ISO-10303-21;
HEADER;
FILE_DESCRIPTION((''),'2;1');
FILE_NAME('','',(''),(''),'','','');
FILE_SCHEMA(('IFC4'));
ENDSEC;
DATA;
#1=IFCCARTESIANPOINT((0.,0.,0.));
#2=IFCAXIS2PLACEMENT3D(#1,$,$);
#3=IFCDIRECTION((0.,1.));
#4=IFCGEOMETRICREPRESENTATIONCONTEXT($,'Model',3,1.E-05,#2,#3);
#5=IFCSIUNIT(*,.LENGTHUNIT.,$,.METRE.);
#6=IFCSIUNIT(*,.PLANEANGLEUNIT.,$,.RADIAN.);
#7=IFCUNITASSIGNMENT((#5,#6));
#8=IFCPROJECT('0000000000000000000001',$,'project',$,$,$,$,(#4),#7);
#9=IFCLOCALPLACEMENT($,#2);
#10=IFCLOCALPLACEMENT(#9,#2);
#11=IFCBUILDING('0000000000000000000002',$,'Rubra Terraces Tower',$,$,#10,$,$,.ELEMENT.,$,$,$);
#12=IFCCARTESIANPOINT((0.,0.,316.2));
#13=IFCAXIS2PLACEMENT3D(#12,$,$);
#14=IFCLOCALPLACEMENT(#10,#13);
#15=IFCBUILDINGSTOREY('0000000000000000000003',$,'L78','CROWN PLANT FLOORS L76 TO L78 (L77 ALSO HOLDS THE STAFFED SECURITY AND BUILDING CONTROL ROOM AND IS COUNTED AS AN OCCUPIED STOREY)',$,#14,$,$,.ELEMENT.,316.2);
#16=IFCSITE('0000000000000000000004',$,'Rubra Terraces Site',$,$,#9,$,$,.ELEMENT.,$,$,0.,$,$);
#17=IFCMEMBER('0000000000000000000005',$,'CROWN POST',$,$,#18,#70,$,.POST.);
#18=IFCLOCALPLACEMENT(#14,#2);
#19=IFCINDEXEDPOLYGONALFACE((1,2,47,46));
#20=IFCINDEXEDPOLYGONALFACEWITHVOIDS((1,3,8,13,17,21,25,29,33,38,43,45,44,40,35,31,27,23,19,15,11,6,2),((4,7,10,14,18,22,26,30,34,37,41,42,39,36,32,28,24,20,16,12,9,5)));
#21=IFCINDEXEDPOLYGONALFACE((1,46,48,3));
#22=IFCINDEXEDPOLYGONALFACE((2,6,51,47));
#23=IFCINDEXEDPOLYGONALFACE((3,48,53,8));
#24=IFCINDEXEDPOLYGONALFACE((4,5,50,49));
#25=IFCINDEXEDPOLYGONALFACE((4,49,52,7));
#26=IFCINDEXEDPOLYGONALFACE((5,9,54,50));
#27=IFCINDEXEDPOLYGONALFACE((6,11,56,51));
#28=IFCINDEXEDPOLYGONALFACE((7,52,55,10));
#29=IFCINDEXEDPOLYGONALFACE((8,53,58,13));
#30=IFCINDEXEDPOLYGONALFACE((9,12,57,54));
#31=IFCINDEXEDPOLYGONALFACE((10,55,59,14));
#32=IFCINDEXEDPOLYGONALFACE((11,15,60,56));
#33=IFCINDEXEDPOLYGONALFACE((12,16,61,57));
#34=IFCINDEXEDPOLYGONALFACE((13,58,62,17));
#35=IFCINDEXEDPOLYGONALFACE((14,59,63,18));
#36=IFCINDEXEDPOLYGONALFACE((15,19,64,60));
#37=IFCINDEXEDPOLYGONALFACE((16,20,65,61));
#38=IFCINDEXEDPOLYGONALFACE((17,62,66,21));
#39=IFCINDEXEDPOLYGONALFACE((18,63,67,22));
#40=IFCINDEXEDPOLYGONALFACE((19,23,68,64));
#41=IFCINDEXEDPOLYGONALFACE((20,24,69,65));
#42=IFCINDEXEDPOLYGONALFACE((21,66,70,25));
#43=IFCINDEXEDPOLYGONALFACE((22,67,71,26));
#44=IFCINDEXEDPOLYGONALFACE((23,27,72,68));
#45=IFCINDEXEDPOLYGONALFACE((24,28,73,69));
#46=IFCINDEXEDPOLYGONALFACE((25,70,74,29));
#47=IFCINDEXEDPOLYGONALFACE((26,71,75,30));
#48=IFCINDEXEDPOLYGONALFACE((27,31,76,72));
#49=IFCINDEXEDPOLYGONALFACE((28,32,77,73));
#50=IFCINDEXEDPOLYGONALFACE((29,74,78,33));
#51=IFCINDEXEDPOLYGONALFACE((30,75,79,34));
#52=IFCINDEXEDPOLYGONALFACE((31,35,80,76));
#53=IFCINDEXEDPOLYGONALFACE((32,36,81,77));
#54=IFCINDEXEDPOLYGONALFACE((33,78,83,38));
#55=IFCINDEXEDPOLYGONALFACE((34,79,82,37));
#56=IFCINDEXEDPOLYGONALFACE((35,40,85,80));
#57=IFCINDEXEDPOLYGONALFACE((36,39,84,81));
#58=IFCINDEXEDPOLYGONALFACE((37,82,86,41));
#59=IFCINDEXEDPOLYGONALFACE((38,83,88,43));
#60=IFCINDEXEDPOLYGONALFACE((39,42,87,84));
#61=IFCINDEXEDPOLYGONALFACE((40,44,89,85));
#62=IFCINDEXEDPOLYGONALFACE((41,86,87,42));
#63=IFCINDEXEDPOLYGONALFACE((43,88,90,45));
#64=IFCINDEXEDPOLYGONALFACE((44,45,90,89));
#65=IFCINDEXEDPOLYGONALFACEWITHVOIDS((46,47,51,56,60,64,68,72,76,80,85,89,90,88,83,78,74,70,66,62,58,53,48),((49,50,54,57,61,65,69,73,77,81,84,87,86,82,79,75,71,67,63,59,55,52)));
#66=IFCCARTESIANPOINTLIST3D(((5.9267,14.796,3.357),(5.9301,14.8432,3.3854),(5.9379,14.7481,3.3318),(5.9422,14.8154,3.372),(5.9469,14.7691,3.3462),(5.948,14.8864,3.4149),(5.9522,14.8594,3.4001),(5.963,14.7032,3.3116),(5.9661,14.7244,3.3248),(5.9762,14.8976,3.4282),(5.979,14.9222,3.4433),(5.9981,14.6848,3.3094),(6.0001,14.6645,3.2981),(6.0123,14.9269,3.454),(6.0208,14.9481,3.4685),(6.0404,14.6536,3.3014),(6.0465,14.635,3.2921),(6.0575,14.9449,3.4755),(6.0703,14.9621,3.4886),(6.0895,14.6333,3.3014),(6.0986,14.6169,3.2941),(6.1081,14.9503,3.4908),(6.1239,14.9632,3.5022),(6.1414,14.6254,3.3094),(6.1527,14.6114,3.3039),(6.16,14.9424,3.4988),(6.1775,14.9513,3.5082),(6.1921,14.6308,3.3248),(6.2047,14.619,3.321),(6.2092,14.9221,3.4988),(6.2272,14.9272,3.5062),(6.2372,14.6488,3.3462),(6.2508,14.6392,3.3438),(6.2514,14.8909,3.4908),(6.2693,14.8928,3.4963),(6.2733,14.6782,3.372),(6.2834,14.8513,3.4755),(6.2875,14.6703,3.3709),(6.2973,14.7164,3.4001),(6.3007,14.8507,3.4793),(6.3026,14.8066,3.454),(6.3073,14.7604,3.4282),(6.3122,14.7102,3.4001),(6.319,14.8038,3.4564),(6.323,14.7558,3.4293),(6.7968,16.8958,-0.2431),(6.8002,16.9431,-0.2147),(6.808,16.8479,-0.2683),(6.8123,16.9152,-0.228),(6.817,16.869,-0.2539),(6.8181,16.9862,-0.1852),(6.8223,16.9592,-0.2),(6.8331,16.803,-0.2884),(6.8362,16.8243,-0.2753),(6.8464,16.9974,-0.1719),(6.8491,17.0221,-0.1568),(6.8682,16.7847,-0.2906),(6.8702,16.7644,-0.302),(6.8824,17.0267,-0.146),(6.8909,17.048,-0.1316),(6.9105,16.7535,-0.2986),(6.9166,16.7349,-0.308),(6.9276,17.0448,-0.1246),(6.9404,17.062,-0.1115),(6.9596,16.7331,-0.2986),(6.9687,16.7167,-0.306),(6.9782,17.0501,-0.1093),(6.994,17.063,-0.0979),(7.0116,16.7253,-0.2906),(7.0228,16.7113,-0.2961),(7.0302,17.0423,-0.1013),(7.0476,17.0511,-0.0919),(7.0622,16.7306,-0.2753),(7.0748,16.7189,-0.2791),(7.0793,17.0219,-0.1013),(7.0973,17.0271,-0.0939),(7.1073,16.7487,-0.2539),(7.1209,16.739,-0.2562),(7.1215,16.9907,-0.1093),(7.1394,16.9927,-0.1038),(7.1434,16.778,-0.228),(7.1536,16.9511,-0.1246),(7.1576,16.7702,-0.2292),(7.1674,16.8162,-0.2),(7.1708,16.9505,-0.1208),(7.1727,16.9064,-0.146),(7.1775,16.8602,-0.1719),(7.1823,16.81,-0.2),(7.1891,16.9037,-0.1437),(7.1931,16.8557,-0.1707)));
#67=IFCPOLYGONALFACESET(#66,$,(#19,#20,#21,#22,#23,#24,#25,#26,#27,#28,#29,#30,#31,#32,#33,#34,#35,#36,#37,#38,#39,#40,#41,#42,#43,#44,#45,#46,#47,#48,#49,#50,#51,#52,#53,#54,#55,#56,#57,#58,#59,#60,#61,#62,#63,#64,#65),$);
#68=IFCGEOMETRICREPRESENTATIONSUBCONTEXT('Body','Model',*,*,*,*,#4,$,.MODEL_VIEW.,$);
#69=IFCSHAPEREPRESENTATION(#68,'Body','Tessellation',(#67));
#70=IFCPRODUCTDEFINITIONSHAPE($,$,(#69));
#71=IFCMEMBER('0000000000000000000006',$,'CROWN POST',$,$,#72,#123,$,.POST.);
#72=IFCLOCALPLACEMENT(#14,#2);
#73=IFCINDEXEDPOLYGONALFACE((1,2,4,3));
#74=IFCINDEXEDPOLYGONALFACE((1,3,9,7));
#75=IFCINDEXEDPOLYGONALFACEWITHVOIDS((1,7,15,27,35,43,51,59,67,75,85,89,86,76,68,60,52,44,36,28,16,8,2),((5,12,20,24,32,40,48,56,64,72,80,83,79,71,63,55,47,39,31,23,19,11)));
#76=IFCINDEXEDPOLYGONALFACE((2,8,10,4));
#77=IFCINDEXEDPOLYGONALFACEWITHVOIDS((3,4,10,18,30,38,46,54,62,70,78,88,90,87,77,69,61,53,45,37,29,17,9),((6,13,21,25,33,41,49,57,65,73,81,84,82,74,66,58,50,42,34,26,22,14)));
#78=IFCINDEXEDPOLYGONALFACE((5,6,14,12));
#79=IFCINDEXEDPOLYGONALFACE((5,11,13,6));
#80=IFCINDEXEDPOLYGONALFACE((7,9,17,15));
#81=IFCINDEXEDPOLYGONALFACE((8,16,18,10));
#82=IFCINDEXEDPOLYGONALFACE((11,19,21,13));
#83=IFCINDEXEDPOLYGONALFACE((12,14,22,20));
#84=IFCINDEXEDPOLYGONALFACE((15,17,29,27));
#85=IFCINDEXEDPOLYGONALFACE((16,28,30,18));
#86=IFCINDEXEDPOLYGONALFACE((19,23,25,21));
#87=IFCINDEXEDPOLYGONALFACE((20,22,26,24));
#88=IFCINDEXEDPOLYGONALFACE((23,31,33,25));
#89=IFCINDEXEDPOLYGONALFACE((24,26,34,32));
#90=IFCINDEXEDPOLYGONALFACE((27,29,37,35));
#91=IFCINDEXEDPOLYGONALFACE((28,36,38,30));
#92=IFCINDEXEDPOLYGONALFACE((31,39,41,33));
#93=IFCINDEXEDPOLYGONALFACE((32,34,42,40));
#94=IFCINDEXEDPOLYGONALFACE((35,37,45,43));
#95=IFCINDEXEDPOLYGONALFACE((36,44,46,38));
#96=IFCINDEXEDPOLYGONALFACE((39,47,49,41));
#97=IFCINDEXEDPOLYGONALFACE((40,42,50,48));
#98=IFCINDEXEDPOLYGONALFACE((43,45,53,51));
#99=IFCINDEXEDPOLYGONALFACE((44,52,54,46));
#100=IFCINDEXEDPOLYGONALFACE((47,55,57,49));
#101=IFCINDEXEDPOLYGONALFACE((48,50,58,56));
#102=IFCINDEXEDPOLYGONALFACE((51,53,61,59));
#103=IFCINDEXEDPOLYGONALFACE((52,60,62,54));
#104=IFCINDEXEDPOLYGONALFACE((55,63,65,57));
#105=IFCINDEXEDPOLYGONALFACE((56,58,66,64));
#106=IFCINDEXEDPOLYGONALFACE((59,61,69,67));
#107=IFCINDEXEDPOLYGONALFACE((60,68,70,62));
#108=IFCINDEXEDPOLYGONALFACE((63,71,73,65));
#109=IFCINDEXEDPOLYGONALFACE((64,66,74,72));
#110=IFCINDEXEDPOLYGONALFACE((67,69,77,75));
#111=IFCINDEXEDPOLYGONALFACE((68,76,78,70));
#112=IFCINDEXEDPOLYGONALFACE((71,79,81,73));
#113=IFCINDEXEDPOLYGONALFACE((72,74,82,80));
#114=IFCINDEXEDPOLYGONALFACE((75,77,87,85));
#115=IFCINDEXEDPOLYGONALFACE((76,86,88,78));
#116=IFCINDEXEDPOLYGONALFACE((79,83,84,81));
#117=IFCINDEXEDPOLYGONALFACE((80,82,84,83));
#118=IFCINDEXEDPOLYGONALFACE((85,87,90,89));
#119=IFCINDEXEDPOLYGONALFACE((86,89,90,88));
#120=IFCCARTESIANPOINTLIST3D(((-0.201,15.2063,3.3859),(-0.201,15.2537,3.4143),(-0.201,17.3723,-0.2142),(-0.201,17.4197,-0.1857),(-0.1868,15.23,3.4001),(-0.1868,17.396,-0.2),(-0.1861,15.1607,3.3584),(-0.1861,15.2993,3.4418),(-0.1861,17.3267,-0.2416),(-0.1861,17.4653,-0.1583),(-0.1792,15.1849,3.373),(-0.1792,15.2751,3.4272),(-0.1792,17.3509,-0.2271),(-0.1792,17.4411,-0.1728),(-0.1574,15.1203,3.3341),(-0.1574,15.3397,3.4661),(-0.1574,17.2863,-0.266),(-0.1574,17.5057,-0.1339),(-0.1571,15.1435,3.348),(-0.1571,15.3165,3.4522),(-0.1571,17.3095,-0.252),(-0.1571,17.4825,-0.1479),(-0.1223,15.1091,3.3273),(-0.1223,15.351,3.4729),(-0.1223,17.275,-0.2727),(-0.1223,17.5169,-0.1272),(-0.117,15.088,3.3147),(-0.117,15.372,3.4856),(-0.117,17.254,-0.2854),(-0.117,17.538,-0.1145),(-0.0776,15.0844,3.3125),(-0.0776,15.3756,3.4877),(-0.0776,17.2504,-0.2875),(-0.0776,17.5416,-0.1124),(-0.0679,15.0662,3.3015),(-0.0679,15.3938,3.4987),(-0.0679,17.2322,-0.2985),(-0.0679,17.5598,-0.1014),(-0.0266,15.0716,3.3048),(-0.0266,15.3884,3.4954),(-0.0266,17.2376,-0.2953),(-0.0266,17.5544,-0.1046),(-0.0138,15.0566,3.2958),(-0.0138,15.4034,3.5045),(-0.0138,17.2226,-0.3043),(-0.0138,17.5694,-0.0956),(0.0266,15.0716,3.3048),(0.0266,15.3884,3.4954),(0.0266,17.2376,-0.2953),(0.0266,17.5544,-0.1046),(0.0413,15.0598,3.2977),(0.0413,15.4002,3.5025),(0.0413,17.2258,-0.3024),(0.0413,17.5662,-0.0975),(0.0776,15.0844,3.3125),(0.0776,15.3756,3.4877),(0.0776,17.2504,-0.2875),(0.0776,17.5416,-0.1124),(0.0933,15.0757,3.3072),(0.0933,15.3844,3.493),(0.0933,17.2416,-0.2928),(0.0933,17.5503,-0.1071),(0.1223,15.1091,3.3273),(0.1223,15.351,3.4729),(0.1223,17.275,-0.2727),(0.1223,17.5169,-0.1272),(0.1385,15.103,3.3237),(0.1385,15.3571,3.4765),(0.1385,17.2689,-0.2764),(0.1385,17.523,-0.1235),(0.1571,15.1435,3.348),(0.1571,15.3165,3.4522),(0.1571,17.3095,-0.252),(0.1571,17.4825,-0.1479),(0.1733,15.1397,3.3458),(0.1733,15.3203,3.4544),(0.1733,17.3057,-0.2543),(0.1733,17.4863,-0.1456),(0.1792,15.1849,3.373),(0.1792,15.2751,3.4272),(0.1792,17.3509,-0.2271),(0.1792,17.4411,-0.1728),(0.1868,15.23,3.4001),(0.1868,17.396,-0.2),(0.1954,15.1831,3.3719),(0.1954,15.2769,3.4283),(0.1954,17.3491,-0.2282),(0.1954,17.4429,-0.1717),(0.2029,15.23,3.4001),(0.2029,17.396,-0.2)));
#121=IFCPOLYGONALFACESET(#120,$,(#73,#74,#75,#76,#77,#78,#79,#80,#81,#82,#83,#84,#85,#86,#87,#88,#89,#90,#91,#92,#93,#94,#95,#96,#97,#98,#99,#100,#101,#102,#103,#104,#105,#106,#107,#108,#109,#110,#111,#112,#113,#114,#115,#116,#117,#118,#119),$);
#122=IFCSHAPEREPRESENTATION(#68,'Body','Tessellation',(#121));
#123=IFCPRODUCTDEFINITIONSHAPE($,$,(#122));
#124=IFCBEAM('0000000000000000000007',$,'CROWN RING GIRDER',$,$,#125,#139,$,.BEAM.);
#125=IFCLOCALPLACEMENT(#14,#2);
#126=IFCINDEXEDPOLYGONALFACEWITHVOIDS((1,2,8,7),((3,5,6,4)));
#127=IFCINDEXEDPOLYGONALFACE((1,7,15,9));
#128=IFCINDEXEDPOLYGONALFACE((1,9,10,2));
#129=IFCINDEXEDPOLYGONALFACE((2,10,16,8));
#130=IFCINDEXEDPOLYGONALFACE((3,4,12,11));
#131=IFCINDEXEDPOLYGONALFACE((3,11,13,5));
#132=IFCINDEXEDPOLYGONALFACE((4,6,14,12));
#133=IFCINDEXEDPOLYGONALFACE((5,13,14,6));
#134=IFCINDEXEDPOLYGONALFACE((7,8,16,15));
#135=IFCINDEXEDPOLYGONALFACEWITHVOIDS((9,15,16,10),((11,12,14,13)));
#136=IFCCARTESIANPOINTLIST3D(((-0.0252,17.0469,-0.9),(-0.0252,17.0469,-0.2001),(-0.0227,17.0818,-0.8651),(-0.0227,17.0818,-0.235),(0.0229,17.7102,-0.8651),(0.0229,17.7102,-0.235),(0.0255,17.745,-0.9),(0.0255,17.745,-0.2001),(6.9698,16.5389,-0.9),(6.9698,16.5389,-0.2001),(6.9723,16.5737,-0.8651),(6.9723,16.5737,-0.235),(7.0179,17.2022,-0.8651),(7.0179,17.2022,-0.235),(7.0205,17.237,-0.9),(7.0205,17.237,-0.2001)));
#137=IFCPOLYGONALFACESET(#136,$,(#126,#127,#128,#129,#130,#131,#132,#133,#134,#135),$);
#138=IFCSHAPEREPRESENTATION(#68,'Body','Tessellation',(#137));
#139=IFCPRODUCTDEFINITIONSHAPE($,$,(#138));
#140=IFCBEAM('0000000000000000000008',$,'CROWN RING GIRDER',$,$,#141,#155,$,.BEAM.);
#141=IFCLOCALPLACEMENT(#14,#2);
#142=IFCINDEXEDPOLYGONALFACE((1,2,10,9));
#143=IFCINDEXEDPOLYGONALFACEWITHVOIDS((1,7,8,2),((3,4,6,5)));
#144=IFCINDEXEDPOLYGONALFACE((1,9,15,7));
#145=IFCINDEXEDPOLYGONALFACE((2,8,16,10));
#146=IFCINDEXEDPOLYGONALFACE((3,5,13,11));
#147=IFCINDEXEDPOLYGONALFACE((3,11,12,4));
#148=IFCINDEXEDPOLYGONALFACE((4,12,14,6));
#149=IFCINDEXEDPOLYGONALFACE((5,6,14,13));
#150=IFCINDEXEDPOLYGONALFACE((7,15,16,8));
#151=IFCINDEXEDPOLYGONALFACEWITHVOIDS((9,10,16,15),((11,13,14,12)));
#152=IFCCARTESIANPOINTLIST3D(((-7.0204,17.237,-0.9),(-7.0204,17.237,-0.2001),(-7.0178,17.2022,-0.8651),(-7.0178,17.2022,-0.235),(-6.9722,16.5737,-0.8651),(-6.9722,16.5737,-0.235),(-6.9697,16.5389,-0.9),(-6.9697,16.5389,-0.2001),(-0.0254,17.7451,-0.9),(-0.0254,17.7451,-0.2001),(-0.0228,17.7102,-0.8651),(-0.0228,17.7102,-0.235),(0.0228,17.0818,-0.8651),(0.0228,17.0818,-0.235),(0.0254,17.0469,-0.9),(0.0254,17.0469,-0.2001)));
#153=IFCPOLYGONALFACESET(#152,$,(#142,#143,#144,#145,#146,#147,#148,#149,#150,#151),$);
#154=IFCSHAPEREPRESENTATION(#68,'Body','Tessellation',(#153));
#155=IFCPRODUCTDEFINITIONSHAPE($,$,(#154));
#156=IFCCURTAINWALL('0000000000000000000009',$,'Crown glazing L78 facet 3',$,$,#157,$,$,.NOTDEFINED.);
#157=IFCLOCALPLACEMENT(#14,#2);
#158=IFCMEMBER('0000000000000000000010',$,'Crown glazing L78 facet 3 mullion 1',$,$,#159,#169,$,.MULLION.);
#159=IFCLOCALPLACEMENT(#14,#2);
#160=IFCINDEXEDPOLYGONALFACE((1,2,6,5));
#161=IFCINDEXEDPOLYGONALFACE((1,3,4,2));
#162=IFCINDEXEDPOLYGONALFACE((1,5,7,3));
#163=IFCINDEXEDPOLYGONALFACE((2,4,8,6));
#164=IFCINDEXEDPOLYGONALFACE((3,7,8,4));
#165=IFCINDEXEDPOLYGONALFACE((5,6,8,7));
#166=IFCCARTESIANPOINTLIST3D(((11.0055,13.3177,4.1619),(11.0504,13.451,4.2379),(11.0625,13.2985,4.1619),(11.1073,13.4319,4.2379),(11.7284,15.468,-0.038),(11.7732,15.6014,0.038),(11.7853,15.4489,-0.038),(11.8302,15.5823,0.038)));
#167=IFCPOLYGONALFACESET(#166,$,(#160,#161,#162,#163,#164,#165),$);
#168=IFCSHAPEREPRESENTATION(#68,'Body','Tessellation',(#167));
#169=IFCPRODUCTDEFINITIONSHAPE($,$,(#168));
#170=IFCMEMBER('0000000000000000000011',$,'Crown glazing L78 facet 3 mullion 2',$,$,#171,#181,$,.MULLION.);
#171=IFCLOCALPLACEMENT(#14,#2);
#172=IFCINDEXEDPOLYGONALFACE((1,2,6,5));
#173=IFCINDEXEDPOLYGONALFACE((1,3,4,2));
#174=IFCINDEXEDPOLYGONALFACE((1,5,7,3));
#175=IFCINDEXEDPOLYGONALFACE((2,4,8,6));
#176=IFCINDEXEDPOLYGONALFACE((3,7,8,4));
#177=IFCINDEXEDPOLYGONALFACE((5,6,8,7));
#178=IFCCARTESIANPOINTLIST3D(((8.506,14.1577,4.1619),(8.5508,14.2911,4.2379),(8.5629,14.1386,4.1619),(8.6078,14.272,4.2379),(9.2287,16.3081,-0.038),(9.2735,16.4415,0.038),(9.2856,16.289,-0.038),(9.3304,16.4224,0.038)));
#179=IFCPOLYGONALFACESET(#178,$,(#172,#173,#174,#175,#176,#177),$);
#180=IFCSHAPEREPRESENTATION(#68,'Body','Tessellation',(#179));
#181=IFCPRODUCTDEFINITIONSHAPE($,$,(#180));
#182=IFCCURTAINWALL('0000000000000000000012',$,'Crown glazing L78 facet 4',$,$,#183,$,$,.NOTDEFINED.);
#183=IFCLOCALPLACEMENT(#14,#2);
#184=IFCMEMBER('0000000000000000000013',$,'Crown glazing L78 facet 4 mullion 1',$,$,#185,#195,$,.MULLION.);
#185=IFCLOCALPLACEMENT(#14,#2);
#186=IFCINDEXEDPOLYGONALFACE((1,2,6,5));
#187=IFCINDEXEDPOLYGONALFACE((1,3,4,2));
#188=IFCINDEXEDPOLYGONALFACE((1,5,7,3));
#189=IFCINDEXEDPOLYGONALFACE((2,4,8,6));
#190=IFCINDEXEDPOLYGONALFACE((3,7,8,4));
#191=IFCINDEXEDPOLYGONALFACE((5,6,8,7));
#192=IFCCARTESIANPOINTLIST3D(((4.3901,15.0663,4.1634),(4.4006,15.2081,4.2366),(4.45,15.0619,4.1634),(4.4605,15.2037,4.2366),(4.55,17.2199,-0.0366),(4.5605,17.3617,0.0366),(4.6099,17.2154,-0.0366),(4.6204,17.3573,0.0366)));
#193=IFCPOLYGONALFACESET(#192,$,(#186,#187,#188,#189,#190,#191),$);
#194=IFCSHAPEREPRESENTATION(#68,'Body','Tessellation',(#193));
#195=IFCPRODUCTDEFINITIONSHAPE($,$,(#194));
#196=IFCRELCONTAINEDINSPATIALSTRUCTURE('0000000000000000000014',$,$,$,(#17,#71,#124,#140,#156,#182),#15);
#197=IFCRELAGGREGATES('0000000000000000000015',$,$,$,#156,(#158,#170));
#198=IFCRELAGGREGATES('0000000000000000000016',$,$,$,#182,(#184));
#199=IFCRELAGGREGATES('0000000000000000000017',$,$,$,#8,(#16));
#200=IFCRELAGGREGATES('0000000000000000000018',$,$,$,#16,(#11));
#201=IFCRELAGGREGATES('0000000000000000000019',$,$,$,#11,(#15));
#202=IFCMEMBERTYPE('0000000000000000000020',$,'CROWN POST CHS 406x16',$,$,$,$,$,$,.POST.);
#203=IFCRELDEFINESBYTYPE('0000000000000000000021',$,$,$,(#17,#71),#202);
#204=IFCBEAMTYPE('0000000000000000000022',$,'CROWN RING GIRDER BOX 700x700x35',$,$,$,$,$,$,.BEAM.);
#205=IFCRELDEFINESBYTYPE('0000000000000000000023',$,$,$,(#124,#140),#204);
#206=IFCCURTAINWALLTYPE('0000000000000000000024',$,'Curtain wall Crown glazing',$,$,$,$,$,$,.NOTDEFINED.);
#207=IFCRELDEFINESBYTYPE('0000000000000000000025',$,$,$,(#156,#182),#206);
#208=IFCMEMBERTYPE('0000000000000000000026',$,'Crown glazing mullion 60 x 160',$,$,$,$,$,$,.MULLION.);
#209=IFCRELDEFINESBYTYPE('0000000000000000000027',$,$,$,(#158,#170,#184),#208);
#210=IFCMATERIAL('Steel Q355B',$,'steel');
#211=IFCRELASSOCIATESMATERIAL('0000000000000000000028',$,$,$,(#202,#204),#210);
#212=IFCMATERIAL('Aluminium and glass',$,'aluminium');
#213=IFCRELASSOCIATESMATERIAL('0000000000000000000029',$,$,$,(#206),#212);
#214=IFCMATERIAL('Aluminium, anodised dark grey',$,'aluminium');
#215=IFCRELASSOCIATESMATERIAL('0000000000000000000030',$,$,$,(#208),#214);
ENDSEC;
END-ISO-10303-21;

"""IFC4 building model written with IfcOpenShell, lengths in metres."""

from ifc_helpers import new_model, si_unit, direction, frame, origin, origin_2d, place, context, subcontext, project, spatial, rectangle, hollow_rectangle, hollow_circle, extrude, material, material_profile, profile_set, type_object, element, aggregate, save


model = new_model("IFC4")

# Units and contexts
model_context = context("Model", 3, precision=1e-05, world=origin(), true_north=direction((0.0, 1.0)))
body_context = subcontext(model_context, "Body", "Model", "MODEL_VIEW")
ifc_project = project(units=[si_unit("LENGTHUNIT", "METRE"), si_unit("PLANEANGLEUNIT", "RADIAN")], contexts=[model_context])

# Site, building, storey
site_placement = place(None, origin())
site = spatial("IfcSite", under=ifc_project, at=site_placement, Name="Rubra Terraces Site", CompositionType="ELEMENT", RefElevation=0.0)
building_placement = place(site_placement, origin())
building = spatial("IfcBuilding", under=site, at=building_placement, Name="Rubra Terraces Tower", CompositionType="ELEMENT")
storey_placement = place(building_placement, frame((0.0, 0.0, 316.2)))
storey = spatial("IfcBuildingStorey", under=building, at=storey_placement, Name="L78", Description="CROWN PLANT FLOORS L76 TO L78 (L77 ALSO HOLDS THE STAFFED SECURITY AND BUILDING CONTROL ROOM AND IS COUNTED AS AN OCCUPIED STOREY)", CompositionType="ELEMENT", Elevation=316.2)

# Members
ifc_material_1 = material(Name="Steel Q355B", Category="steel")
ifc_material_profile_1 = material_profile(ifc_material_1, hollow_circle(Radius=0.2029, WallThickness=0.0161, at=origin_2d()), Name="CHS 406x16")
ifc_profile_set_1 = profile_set([ifc_material_profile_1], Name="Steel Q355B")
member_type_1 = type_object("IfcMemberType", Name="CROWN POST CHS 406x16", PredefinedType="POST", material=ifc_profile_set_1)
member_1_placement = place(storey_placement, frame((6.9949, 16.8877, -0.2), z_axis=(-0.204368, -0.493201, 0.845569), x_axis=(0.923828, -0.382807, 0.0)))
element("IfcMember", 1, at=member_1_placement, inside=storey, type_object=member_type_1, Name="CROWN POST", PredefinedType="POST", context=body_context, shape_type="SweptSolid", body=[
    extrude(hollow_circle(Radius=0.2029, WallThickness=0.0161, at=origin_2d()), origin(), (0.0, 0.0, 1.0), 4.2576),
])
member_2_placement = place(storey_placement, frame((0.0, 17.396, -0.2), z_axis=(0.0, -0.515538, 0.856867), x_axis=(1.0, 0.0, 0.0)))
element("IfcMember", 2, at=member_2_placement, inside=storey, type_object=member_type_1, Name="CROWN POST", PredefinedType="POST", context=body_context, shape_type="SweptSolid", body=[
    extrude(hollow_circle(Radius=0.2029, WallThickness=0.0161, at=origin_2d()), origin(), (0.0, 0.0, 1.0), 4.2014),
])

# Beams
ifc_material_profile_2 = material_profile(ifc_material_1, hollow_rectangle(XDim=0.7, YDim=0.7, WallThickness=0.0349, at=origin_2d()), Name="BOX 700x700x35")
ifc_profile_set_2 = profile_set([ifc_material_profile_2], Name="Steel Q355B")
beam_type_1 = type_object("IfcBeamType", Name="CROWN RING GIRDER BOX 700x700x35", PredefinedType="BEAM", material=ifc_profile_set_2)
for number, where, z_axis, x_axis, name in (
    (3, (6.9951, 16.8879, -0.55), (-0.997373, 0.072439, 0.0), (-0.072439, -0.997373, 0.0), "CROWN RING GIRDER"),
    (4, (0.0, 17.396, -0.55), (-0.997373, -0.072439, 0.0), (0.072439, -0.997373, 0.0), "CROWN RING GIRDER"),
):
    element("IfcBeam", number, at=place(storey_placement, frame(where, z_axis=z_axis, x_axis=x_axis)), inside=storey, type_object=beam_type_1, Name=name, PredefinedType="BEAM", context=body_context, shape_type="SweptSolid", body=[
        extrude(hollow_rectangle(XDim=0.7, YDim=0.7, WallThickness=0.0349, at=origin_2d()), origin(), (0.0, 0.0, 1.0), 7.0134),
    ])

# Curtain walls, members
ifc_material_2 = material(Name="Aluminium and glass", Category="aluminium")
curtain_wall_type = type_object("IfcCurtainWallType", Name="Curtain wall Crown glazing", PredefinedType="NOTDEFINED", material=ifc_material_2)
curtain_wall_1_placement = place(storey_placement, origin())
curtain_wall_1 = element("IfcCurtainWall", 5, at=curtain_wall_1_placement, inside=storey, type_object=curtain_wall_type, Name="Crown glazing L78 facet 3", PredefinedType="NOTDEFINED")
ifc_material_3 = material(Name="Aluminium, anodised dark grey", Category="aluminium")
ifc_material_profile_3 = material_profile(ifc_material_3, rectangle(XDim=0.0601, YDim=0.1599, at=origin_2d()), Name="AL 60x160")
ifc_profile_set_3 = profile_set([ifc_material_profile_3], Name="Aluminium, anodised dark grey")
member_type_2 = type_object("IfcMemberType", Name="Crown glazing mullion 60 x 160", PredefinedType="MULLION", material=ifc_profile_set_3)
member_3_placement = place(storey_placement, frame((11.7793, 15.5251, 0.0), z_axis=(-0.15144, -0.450485, 0.879846), x_axis=(0.947873, -0.318648, 0.0)))
member_3 = element("IfcMember", 6, at=member_3_placement, type_object=member_type_2, Name="Crown glazing L78 facet 3 mullion 1", PredefinedType="MULLION", context=body_context, shape_type="SweptSolid", body=[
    extrude(rectangle(XDim=0.0601, YDim=0.1599, at=origin_2d()), origin(), (0.0, 0.0, 1.0), 4.7734),
])
member_4_placement = place(storey_placement, frame((9.2795, 16.3652, 0.0), z_axis=(-0.15139, -0.450488, 0.879853), x_axis=(0.947906, -0.318551, 0.0)))
member_4 = element("IfcMember", 7, at=member_4_placement, type_object=member_type_2, Name="Crown glazing L78 facet 3 mullion 2", PredefinedType="MULLION", context=body_context, shape_type="SweptSolid", body=[
    extrude(rectangle(XDim=0.0601, YDim=0.1599, at=origin_2d()), origin(), (0.0, 0.0, 1.0), 4.7734),
])
curtain_wall_2_placement = place(storey_placement, origin())
curtain_wall_2 = element("IfcCurtainWall", 8, at=curtain_wall_2_placement, inside=storey, type_object=curtain_wall_type, Name="Crown glazing L78 facet 4", PredefinedType="NOTDEFINED")
member_5_placement = place(storey_placement, frame((4.5852, 17.2886, 0.0), z_axis=(-0.033861, -0.456012, 0.889329), x_axis=(0.997254, -0.074051, 0.0)))
member_5 = element("IfcMember", 9, at=member_5_placement, type_object=member_type_2, Name="Crown glazing L78 facet 4 mullion 1", PredefinedType="MULLION", context=body_context, shape_type="SweptSolid", body=[
    extrude(rectangle(XDim=0.0601, YDim=0.1599, at=origin_2d()), origin(), (0.0, 0.0, 1.0), 4.7227),
])

aggregate(curtain_wall_1, [member_3, member_4])
aggregate(curtain_wall_2, [member_5])

save(model, "model.ifc")
